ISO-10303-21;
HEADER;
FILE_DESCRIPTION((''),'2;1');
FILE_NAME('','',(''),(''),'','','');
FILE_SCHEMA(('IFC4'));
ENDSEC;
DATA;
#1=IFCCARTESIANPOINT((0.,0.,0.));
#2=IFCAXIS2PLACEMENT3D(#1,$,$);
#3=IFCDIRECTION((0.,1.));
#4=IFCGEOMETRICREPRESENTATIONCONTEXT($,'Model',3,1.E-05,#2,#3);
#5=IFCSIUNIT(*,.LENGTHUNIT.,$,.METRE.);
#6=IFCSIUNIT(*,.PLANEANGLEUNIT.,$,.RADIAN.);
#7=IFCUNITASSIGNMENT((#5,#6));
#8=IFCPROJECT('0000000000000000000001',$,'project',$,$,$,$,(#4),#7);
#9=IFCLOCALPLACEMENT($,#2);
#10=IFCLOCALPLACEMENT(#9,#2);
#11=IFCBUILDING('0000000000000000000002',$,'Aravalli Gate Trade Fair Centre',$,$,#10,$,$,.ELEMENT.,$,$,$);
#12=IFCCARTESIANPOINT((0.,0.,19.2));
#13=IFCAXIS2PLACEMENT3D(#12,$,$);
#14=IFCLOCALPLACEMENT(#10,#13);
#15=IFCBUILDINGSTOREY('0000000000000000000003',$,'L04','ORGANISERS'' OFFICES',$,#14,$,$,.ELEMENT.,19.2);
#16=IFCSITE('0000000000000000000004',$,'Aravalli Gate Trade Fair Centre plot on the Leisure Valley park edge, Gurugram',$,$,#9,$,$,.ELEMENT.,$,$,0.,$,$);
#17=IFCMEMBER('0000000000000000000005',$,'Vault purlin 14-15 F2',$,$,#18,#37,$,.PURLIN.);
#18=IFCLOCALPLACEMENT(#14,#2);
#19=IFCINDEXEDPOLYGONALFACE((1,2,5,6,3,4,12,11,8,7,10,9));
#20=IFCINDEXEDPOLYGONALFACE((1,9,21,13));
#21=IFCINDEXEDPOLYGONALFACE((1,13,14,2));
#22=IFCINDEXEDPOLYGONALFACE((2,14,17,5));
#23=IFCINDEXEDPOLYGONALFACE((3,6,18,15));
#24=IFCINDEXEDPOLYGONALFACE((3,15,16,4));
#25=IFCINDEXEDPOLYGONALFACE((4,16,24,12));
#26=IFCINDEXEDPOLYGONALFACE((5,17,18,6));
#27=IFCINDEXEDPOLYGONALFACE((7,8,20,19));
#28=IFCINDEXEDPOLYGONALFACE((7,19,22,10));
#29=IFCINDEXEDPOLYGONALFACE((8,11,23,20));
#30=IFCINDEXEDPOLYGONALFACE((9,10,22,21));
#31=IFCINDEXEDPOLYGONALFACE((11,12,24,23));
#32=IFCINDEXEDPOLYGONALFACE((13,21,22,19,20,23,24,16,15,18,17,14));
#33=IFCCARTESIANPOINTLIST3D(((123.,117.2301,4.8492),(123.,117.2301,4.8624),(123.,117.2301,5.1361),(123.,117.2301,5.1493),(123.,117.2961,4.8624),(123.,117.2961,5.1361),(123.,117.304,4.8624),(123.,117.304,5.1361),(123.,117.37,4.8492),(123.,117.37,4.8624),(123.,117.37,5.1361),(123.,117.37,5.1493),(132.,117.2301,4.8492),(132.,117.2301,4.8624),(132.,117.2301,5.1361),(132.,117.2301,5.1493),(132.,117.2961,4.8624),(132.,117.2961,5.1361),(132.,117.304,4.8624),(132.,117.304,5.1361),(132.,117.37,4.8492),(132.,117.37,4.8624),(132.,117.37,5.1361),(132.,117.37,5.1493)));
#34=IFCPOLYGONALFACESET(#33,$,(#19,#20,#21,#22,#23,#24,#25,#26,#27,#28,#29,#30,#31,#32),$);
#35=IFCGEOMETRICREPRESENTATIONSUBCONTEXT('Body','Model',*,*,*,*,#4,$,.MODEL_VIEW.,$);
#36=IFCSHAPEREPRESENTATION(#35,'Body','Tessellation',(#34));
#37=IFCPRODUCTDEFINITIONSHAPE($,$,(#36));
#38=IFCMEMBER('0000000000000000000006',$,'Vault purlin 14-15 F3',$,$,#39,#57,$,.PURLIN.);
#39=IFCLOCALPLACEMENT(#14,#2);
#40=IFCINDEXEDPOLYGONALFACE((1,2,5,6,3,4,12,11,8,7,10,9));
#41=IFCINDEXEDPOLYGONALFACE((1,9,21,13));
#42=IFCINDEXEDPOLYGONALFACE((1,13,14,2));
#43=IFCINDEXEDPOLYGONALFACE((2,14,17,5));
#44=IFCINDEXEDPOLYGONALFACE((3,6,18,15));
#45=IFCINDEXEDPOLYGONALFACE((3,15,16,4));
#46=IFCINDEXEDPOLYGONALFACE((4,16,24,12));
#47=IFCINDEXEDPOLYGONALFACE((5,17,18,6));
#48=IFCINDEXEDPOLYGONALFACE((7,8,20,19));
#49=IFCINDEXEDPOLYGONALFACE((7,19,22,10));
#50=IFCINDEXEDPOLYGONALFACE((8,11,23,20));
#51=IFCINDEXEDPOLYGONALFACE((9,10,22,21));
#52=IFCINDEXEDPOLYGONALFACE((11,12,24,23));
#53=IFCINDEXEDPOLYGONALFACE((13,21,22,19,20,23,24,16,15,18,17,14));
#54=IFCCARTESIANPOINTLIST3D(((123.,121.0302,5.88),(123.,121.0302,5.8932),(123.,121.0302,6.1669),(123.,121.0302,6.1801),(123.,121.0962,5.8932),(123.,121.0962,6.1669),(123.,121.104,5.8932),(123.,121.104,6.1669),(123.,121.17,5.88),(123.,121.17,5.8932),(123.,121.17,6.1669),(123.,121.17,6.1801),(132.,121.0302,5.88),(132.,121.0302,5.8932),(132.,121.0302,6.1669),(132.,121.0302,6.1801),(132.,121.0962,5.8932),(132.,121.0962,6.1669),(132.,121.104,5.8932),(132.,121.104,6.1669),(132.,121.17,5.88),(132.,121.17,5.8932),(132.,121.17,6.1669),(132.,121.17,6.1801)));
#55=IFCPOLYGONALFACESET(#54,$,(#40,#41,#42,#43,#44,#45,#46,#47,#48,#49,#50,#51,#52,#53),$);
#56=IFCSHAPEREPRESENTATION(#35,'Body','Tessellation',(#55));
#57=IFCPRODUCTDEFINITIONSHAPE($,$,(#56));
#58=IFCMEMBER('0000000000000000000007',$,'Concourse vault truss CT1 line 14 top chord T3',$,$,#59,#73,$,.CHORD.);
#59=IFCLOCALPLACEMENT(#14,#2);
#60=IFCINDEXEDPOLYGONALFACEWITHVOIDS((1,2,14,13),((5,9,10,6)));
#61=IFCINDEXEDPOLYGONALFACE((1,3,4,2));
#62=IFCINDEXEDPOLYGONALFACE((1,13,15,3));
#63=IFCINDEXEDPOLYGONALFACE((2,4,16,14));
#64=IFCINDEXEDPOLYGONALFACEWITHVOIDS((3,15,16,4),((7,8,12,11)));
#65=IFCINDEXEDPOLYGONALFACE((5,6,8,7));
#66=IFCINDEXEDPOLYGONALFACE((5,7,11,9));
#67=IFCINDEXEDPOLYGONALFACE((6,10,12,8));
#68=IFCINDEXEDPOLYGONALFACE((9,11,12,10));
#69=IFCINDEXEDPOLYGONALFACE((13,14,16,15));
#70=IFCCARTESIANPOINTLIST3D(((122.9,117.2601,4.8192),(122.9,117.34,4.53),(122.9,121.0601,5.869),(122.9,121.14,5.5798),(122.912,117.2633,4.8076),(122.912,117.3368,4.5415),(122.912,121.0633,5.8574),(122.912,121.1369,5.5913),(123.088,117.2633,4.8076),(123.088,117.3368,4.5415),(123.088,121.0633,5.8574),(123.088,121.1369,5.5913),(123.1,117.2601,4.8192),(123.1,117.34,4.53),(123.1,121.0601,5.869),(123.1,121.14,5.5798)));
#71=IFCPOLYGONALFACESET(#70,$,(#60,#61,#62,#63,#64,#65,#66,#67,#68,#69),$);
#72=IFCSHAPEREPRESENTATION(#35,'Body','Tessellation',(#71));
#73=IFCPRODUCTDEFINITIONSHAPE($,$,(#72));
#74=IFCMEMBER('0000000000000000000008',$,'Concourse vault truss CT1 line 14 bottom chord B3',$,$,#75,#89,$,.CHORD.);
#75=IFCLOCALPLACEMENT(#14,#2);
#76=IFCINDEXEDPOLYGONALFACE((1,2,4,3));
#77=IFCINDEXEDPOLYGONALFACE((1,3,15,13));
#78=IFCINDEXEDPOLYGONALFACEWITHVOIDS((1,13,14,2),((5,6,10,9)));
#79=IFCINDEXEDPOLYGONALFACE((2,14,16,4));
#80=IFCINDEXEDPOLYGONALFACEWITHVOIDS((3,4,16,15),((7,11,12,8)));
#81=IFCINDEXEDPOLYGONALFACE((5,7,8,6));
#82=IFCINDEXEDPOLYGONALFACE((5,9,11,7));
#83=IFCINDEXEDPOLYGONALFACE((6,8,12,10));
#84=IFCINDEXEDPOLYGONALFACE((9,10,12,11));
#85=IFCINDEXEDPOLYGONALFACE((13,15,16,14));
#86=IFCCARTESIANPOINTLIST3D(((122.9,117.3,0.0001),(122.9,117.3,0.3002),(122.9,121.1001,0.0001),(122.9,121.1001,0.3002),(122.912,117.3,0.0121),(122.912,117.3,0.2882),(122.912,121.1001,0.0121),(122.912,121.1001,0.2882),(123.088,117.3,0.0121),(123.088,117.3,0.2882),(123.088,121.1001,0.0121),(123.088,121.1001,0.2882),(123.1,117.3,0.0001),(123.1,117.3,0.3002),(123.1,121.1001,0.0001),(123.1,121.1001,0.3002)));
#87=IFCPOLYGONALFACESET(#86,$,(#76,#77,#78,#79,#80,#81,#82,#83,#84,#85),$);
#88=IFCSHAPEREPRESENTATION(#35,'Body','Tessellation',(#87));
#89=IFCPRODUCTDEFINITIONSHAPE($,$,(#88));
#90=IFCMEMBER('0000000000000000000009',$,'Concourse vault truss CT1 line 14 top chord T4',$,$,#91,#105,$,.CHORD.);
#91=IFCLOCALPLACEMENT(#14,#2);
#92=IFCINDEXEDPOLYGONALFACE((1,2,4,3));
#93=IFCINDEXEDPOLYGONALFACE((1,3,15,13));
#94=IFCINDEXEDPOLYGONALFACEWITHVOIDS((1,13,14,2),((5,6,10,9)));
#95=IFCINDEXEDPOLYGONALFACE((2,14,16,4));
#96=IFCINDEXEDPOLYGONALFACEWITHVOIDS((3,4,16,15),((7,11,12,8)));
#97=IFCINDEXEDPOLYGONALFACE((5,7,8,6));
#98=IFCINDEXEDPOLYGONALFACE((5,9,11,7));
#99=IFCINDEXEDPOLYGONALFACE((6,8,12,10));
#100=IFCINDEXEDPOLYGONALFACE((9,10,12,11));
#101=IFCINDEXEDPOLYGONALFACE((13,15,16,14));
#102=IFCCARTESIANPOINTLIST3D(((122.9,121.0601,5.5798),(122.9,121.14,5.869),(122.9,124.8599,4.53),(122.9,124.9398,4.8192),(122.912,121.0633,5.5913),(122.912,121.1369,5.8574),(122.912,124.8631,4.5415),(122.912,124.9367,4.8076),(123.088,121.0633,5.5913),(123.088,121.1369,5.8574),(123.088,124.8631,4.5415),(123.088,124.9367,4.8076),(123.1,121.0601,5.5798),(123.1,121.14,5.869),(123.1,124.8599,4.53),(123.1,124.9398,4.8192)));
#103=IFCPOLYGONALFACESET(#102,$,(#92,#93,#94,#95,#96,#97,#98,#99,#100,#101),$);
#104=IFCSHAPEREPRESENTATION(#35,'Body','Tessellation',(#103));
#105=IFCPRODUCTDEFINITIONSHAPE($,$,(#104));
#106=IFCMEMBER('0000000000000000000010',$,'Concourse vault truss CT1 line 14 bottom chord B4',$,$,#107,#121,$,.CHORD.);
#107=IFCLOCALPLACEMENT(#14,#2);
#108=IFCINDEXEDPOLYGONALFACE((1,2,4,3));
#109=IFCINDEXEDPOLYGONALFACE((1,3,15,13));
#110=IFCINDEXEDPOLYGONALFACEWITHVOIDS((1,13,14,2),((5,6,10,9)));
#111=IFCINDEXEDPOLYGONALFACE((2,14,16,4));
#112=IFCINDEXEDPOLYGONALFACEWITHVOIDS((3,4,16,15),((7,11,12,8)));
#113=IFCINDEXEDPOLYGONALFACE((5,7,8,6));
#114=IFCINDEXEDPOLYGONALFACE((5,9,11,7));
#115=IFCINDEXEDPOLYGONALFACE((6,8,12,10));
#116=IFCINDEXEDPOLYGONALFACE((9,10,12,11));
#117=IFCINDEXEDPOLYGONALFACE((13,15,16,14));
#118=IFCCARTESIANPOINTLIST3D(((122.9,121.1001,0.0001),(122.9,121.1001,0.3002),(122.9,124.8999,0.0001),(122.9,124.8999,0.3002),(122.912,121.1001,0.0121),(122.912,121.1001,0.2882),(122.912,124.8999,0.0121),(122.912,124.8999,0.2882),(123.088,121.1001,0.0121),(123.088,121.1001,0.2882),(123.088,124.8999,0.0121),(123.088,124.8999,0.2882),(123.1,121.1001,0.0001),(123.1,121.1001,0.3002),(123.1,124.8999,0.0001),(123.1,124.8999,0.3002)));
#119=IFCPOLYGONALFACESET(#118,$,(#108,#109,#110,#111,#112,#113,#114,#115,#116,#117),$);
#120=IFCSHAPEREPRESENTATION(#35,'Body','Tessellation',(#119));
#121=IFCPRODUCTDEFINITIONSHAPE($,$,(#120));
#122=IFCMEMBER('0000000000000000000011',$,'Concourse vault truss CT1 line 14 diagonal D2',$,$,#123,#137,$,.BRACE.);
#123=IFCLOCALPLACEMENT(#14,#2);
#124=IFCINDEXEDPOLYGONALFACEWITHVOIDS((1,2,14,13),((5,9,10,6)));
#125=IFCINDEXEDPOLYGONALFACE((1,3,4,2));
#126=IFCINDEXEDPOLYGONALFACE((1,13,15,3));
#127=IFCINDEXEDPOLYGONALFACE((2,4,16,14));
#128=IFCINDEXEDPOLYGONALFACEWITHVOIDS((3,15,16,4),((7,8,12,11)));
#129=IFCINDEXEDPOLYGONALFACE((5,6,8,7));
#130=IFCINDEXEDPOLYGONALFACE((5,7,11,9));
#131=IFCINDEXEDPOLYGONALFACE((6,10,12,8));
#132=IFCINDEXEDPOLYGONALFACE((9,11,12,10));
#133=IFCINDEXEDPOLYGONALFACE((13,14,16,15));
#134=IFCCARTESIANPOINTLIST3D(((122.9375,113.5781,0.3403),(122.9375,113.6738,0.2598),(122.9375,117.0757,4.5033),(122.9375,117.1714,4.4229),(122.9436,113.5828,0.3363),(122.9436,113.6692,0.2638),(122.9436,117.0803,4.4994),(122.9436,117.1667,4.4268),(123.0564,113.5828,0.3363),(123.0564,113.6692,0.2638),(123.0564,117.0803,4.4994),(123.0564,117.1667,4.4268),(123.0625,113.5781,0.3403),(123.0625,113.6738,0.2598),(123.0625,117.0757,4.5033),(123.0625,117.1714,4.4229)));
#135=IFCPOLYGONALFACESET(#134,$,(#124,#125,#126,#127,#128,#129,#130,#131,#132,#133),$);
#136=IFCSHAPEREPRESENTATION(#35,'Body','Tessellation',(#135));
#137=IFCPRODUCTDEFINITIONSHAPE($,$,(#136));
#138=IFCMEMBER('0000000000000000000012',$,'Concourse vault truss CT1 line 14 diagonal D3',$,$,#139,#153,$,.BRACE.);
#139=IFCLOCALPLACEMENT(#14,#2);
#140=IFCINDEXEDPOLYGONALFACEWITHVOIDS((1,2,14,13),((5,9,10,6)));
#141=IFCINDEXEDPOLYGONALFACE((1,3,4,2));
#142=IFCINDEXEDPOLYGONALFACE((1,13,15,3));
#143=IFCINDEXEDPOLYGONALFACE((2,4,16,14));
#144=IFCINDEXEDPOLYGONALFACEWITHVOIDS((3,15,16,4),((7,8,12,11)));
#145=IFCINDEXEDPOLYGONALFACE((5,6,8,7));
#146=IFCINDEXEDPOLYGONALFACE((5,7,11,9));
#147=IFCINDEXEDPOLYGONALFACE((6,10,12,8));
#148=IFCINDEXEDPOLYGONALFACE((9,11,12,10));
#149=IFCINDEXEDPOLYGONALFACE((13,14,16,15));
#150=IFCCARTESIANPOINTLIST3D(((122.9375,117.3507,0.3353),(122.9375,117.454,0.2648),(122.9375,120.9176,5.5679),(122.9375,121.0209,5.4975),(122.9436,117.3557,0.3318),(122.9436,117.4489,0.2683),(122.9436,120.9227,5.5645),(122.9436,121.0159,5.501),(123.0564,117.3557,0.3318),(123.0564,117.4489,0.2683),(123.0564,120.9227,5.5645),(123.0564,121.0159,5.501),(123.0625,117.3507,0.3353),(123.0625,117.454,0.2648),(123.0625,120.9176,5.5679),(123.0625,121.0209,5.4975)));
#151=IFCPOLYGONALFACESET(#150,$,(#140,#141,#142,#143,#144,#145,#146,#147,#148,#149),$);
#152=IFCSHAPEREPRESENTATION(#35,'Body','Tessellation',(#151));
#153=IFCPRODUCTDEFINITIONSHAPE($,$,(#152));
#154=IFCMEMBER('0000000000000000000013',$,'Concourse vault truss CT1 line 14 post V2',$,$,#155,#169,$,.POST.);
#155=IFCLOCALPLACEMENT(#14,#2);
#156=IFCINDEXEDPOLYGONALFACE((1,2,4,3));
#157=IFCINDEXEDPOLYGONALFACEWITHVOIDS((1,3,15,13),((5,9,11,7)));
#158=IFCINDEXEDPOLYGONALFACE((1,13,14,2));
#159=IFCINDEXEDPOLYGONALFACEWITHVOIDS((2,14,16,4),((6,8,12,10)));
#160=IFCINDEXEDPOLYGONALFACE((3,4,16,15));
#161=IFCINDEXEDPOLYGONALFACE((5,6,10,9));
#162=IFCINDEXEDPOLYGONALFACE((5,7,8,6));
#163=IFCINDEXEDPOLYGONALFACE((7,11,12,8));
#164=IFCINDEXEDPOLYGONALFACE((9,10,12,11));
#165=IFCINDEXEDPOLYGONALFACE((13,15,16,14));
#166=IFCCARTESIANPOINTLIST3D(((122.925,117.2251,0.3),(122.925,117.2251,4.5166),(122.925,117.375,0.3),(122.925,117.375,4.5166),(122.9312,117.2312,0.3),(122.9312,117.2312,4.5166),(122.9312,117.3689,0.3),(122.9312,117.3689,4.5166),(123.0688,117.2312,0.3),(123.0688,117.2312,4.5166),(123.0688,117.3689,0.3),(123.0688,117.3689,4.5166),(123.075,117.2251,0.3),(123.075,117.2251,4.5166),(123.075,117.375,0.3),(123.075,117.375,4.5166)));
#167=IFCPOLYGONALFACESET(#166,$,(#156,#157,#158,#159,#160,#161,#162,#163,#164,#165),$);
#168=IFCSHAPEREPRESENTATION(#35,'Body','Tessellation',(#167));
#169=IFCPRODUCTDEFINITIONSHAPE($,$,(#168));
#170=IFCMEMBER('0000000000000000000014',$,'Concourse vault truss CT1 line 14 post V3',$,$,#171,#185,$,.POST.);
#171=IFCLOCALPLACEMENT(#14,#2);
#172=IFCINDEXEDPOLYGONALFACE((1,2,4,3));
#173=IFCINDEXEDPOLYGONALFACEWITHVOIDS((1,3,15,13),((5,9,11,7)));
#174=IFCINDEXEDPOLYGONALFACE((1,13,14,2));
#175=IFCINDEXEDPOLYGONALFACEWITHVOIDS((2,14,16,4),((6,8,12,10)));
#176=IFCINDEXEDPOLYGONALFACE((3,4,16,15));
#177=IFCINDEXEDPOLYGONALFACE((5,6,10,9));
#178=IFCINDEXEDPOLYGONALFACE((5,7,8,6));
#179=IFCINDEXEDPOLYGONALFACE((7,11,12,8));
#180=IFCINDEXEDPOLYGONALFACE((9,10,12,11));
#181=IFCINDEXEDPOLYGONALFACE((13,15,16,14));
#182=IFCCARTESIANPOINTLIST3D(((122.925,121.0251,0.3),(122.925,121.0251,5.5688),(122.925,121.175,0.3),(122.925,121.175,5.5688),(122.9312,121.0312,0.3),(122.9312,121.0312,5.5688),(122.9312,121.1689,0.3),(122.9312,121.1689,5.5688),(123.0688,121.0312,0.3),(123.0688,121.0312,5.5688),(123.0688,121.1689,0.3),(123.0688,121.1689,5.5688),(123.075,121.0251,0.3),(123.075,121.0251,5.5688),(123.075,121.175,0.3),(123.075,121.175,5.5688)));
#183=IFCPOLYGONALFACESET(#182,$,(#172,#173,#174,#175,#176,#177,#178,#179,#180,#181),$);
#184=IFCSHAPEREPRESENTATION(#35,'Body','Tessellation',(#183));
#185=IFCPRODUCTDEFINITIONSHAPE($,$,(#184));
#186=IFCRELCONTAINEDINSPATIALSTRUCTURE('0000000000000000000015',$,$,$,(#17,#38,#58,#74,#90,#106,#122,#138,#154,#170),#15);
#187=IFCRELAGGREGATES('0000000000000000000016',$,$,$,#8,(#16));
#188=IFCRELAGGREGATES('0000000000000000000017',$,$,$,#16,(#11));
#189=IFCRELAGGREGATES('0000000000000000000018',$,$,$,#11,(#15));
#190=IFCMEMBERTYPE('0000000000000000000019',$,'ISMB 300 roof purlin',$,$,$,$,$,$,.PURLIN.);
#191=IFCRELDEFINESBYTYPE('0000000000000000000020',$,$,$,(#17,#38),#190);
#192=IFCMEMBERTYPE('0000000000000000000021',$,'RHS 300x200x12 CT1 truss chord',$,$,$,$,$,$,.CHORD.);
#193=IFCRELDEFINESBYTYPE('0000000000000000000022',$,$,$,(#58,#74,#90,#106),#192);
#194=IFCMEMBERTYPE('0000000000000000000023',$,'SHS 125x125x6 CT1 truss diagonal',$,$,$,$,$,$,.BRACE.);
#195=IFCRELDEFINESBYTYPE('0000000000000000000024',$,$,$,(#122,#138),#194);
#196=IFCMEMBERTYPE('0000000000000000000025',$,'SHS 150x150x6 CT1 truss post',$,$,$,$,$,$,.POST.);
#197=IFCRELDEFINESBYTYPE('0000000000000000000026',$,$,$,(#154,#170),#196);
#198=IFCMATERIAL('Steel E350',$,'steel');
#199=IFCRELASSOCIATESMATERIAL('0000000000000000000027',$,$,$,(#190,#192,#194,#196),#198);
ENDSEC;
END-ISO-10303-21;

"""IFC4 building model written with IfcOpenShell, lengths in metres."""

from ifc_helpers import new_model, si_unit, direction, frame, origin, origin_2d, place, context, subcontext, project, spatial, hollow_rectangle, i_section, extrude, material, material_profile, profile_set, type_object, element, save


model = new_model("IFC4")

# Units and contexts
model_context = context("Model", 3, precision=1e-05, world=origin(), true_north=direction((0.0, 1.0)))
body_context = subcontext(model_context, "Body", "Model", "MODEL_VIEW")
ifc_project = project(units=[si_unit("LENGTHUNIT", "METRE"), si_unit("PLANEANGLEUNIT", "RADIAN")], contexts=[model_context])

# Site, building, storey
site_placement = place(None, origin())
site = spatial("IfcSite", under=ifc_project, at=site_placement, Name="Aravalli Gate Trade Fair Centre plot on the Leisure Valley park edge, Gurugram", CompositionType="ELEMENT", RefElevation=0.0)
building_placement = place(site_placement, origin())
building = spatial("IfcBuilding", under=site, at=building_placement, Name="Aravalli Gate Trade Fair Centre", CompositionType="ELEMENT")
storey_placement = place(building_placement, frame((0.0, 0.0, 19.2)))
storey = spatial("IfcBuildingStorey", under=building, at=storey_placement, Name="L04", Description="ORGANISERS' OFFICES", CompositionType="ELEMENT", Elevation=19.2)

# Members
ifc_material_1 = material(Name="Steel E350", Category="steel")
ifc_material_profile_1 = material_profile(ifc_material_1, i_section(OverallWidth=0.1399, OverallDepth=0.3, WebThickness=0.0078, FlangeThickness=0.0132, at=origin_2d()), Name="ISMB 300")
ifc_profile_set_1 = profile_set([ifc_material_profile_1], Name="Steel E350")
member_type_1 = type_object("IfcMemberType", Name="ISMB 300 roof purlin", PredefinedType="PURLIN", material=ifc_profile_set_1)
for number, where, z_axis, x_axis, name in (
    (1, (123.0, 117.3, 4.9993), (1.0, 0.0, 0.0), (0.0, 1.0, 0.0), "Vault purlin 14-15 F2"),
    (2, (123.0, 121.1001, 6.03), (1.0, 0.0, 0.0), (0.0, 1.0, 0.0), "Vault purlin 14-15 F3"),
):
    element("IfcMember", number, at=place(storey_placement, frame(where, z_axis=z_axis, x_axis=x_axis)), inside=storey, type_object=member_type_1, Name=name, PredefinedType="PURLIN", context=body_context, shape_type="SweptSolid", body=[
        extrude(i_section(OverallWidth=0.1399, OverallDepth=0.3, WebThickness=0.0078, FlangeThickness=0.0132, at=origin_2d()), origin(), (0.0, 0.0, 1.0), 9.0),
    ])
ifc_material_profile_2 = material_profile(ifc_material_1, hollow_rectangle(XDim=0.2, YDim=0.3, WallThickness=0.012, at=origin_2d()), Name="RHS 300x200x12")
ifc_profile_set_2 = profile_set([ifc_material_profile_2], Name="Steel E350")
member_type_2 = type_object("IfcMemberType", Name="RHS 300x200x12 CT1 truss chord", PredefinedType="CHORD", material=ifc_profile_set_2)
member_1_placement = place(storey_placement, frame((123.0, 117.3, 4.6746), z_axis=(0.0, 0.963894, 0.266286), x_axis=(-1.0, 0.0, 0.0)))
element("IfcMember", 3, at=member_1_placement, inside=storey, type_object=member_type_2, Name="Concourse vault truss CT1 line 14 top chord T3", PredefinedType="CHORD", context=body_context, shape_type="SweptSolid", body=[
    extrude(hollow_rectangle(XDim=0.2, YDim=0.3, WallThickness=0.012, at=origin_2d()), origin(), (0.0, 0.0, 1.0), 3.9424),
])
member_2_placement = place(storey_placement, frame((123.0, 117.3, 0.1501), z_axis=(0.0, 1.0, 0.0), x_axis=(-1.0, 0.0, 0.0)))
element("IfcMember", 4, at=member_2_placement, inside=storey, type_object=member_type_2, Name="Concourse vault truss CT1 line 14 bottom chord B3", PredefinedType="CHORD", context=body_context, shape_type="SweptSolid", body=[
    extrude(hollow_rectangle(XDim=0.2, YDim=0.3, WallThickness=0.012, at=origin_2d()), origin(), (0.0, 0.0, 1.0), 3.8),
])
member_3_placement = place(storey_placement, frame((123.0, 121.1001, 5.7244), z_axis=(0.0, 0.96389, -0.266302), x_axis=(-1.0, 0.0, 0.0)))
element("IfcMember", 5, at=member_3_placement, inside=storey, type_object=member_type_2, Name="Concourse vault truss CT1 line 14 top chord T4", PredefinedType="CHORD", context=body_context, shape_type="SweptSolid", body=[
    extrude(hollow_rectangle(XDim=0.2, YDim=0.3, WallThickness=0.012, at=origin_2d()), origin(), (0.0, 0.0, 1.0), 3.9421),
])
member_4_placement = place(storey_placement, frame((123.0, 121.1001, 0.1501), z_axis=(0.0, 1.0, 0.0), x_axis=(-1.0, 0.0, 0.0)))
element("IfcMember", 6, at=member_4_placement, inside=storey, type_object=member_type_2, Name="Concourse vault truss CT1 line 14 bottom chord B4", PredefinedType="CHORD", context=body_context, shape_type="SweptSolid", body=[
    extrude(hollow_rectangle(XDim=0.2, YDim=0.3, WallThickness=0.012, at=origin_2d()), origin(), (0.0, 0.0, 1.0), 3.7998),
])
ifc_material_profile_3 = material_profile(ifc_material_1, hollow_rectangle(XDim=0.125, YDim=0.125, WallThickness=0.0061, at=origin_2d()), Name="SHS 125x125x6")
ifc_profile_set_3 = profile_set([ifc_material_profile_3], Name="Steel E350")
member_type_3 = type_object("IfcMemberType", Name="SHS 125x125x6 CT1 truss diagonal", PredefinedType="BRACE", material=ifc_profile_set_3)
member_5_placement = place(storey_placement, frame((123.0, 113.626, 0.3), z_axis=(0.0, 0.643253, 0.765654), x_axis=(-1.0, 0.0, 0.0)))
element("IfcMember", 7, at=member_5_placement, inside=storey, type_object=member_type_3, Name="Concourse vault truss CT1 line 14 diagonal D2", PredefinedType="BRACE", context=body_context, shape_type="SweptSolid", body=[
    extrude(hollow_rectangle(XDim=0.125, YDim=0.125, WallThickness=0.0061, at=origin_2d()), origin(), (0.0, 0.0, 1.0), 5.4373),
])
member_6_placement = place(storey_placement, frame((123.0, 117.4023, 0.3), z_axis=(0.0, 0.563247, 0.826289), x_axis=(-1.0, 0.0, 0.0)))
element("IfcMember", 8, at=member_6_placement, inside=storey, type_object=member_type_3, Name="Concourse vault truss CT1 line 14 diagonal D3", PredefinedType="BRACE", context=body_context, shape_type="SweptSolid", body=[
    extrude(hollow_rectangle(XDim=0.125, YDim=0.125, WallThickness=0.0061, at=origin_2d()), origin(), (0.0, 0.0, 1.0), 6.3328),
])
ifc_material_profile_4 = material_profile(ifc_material_1, hollow_rectangle(XDim=0.1499, YDim=0.1499, WallThickness=0.0061, at=origin_2d()), Name="SHS 150x150x6")
ifc_profile_set_4 = profile_set([ifc_material_profile_4], Name="Steel E350")
member_type_4 = type_object("IfcMemberType", Name="SHS 150x150x6 CT1 truss post", PredefinedType="POST", material=ifc_profile_set_4)
member_7_placement = place(storey_placement, frame((123.0, 117.3, 0.3), z_axis=(0.0, 0.0, 1.0), x_axis=(1.0, 0.0, 0.0)))
element("IfcMember", 9, at=member_7_placement, inside=storey, type_object=member_type_4, Name="Concourse vault truss CT1 line 14 post V2", PredefinedType="POST", context=body_context, shape_type="SweptSolid", body=[
    extrude(hollow_rectangle(XDim=0.1499, YDim=0.1499, WallThickness=0.0061, at=origin_2d()), origin(), (0.0, 0.0, 1.0), 4.2166),
])
member_8_placement = place(storey_placement, frame((123.0, 121.1001, 0.3), z_axis=(0.0, 0.0, 1.0), x_axis=(1.0, 0.0, 0.0)))
element("IfcMember", 10, at=member_8_placement, inside=storey, type_object=member_type_4, Name="Concourse vault truss CT1 line 14 post V3", PredefinedType="POST", context=body_context, shape_type="SweptSolid", body=[
    extrude(hollow_rectangle(XDim=0.1499, YDim=0.1499, WallThickness=0.0061, at=origin_2d()), origin(), (0.0, 0.0, 1.0), 5.2688),
])

save(model, "model.ifc")
